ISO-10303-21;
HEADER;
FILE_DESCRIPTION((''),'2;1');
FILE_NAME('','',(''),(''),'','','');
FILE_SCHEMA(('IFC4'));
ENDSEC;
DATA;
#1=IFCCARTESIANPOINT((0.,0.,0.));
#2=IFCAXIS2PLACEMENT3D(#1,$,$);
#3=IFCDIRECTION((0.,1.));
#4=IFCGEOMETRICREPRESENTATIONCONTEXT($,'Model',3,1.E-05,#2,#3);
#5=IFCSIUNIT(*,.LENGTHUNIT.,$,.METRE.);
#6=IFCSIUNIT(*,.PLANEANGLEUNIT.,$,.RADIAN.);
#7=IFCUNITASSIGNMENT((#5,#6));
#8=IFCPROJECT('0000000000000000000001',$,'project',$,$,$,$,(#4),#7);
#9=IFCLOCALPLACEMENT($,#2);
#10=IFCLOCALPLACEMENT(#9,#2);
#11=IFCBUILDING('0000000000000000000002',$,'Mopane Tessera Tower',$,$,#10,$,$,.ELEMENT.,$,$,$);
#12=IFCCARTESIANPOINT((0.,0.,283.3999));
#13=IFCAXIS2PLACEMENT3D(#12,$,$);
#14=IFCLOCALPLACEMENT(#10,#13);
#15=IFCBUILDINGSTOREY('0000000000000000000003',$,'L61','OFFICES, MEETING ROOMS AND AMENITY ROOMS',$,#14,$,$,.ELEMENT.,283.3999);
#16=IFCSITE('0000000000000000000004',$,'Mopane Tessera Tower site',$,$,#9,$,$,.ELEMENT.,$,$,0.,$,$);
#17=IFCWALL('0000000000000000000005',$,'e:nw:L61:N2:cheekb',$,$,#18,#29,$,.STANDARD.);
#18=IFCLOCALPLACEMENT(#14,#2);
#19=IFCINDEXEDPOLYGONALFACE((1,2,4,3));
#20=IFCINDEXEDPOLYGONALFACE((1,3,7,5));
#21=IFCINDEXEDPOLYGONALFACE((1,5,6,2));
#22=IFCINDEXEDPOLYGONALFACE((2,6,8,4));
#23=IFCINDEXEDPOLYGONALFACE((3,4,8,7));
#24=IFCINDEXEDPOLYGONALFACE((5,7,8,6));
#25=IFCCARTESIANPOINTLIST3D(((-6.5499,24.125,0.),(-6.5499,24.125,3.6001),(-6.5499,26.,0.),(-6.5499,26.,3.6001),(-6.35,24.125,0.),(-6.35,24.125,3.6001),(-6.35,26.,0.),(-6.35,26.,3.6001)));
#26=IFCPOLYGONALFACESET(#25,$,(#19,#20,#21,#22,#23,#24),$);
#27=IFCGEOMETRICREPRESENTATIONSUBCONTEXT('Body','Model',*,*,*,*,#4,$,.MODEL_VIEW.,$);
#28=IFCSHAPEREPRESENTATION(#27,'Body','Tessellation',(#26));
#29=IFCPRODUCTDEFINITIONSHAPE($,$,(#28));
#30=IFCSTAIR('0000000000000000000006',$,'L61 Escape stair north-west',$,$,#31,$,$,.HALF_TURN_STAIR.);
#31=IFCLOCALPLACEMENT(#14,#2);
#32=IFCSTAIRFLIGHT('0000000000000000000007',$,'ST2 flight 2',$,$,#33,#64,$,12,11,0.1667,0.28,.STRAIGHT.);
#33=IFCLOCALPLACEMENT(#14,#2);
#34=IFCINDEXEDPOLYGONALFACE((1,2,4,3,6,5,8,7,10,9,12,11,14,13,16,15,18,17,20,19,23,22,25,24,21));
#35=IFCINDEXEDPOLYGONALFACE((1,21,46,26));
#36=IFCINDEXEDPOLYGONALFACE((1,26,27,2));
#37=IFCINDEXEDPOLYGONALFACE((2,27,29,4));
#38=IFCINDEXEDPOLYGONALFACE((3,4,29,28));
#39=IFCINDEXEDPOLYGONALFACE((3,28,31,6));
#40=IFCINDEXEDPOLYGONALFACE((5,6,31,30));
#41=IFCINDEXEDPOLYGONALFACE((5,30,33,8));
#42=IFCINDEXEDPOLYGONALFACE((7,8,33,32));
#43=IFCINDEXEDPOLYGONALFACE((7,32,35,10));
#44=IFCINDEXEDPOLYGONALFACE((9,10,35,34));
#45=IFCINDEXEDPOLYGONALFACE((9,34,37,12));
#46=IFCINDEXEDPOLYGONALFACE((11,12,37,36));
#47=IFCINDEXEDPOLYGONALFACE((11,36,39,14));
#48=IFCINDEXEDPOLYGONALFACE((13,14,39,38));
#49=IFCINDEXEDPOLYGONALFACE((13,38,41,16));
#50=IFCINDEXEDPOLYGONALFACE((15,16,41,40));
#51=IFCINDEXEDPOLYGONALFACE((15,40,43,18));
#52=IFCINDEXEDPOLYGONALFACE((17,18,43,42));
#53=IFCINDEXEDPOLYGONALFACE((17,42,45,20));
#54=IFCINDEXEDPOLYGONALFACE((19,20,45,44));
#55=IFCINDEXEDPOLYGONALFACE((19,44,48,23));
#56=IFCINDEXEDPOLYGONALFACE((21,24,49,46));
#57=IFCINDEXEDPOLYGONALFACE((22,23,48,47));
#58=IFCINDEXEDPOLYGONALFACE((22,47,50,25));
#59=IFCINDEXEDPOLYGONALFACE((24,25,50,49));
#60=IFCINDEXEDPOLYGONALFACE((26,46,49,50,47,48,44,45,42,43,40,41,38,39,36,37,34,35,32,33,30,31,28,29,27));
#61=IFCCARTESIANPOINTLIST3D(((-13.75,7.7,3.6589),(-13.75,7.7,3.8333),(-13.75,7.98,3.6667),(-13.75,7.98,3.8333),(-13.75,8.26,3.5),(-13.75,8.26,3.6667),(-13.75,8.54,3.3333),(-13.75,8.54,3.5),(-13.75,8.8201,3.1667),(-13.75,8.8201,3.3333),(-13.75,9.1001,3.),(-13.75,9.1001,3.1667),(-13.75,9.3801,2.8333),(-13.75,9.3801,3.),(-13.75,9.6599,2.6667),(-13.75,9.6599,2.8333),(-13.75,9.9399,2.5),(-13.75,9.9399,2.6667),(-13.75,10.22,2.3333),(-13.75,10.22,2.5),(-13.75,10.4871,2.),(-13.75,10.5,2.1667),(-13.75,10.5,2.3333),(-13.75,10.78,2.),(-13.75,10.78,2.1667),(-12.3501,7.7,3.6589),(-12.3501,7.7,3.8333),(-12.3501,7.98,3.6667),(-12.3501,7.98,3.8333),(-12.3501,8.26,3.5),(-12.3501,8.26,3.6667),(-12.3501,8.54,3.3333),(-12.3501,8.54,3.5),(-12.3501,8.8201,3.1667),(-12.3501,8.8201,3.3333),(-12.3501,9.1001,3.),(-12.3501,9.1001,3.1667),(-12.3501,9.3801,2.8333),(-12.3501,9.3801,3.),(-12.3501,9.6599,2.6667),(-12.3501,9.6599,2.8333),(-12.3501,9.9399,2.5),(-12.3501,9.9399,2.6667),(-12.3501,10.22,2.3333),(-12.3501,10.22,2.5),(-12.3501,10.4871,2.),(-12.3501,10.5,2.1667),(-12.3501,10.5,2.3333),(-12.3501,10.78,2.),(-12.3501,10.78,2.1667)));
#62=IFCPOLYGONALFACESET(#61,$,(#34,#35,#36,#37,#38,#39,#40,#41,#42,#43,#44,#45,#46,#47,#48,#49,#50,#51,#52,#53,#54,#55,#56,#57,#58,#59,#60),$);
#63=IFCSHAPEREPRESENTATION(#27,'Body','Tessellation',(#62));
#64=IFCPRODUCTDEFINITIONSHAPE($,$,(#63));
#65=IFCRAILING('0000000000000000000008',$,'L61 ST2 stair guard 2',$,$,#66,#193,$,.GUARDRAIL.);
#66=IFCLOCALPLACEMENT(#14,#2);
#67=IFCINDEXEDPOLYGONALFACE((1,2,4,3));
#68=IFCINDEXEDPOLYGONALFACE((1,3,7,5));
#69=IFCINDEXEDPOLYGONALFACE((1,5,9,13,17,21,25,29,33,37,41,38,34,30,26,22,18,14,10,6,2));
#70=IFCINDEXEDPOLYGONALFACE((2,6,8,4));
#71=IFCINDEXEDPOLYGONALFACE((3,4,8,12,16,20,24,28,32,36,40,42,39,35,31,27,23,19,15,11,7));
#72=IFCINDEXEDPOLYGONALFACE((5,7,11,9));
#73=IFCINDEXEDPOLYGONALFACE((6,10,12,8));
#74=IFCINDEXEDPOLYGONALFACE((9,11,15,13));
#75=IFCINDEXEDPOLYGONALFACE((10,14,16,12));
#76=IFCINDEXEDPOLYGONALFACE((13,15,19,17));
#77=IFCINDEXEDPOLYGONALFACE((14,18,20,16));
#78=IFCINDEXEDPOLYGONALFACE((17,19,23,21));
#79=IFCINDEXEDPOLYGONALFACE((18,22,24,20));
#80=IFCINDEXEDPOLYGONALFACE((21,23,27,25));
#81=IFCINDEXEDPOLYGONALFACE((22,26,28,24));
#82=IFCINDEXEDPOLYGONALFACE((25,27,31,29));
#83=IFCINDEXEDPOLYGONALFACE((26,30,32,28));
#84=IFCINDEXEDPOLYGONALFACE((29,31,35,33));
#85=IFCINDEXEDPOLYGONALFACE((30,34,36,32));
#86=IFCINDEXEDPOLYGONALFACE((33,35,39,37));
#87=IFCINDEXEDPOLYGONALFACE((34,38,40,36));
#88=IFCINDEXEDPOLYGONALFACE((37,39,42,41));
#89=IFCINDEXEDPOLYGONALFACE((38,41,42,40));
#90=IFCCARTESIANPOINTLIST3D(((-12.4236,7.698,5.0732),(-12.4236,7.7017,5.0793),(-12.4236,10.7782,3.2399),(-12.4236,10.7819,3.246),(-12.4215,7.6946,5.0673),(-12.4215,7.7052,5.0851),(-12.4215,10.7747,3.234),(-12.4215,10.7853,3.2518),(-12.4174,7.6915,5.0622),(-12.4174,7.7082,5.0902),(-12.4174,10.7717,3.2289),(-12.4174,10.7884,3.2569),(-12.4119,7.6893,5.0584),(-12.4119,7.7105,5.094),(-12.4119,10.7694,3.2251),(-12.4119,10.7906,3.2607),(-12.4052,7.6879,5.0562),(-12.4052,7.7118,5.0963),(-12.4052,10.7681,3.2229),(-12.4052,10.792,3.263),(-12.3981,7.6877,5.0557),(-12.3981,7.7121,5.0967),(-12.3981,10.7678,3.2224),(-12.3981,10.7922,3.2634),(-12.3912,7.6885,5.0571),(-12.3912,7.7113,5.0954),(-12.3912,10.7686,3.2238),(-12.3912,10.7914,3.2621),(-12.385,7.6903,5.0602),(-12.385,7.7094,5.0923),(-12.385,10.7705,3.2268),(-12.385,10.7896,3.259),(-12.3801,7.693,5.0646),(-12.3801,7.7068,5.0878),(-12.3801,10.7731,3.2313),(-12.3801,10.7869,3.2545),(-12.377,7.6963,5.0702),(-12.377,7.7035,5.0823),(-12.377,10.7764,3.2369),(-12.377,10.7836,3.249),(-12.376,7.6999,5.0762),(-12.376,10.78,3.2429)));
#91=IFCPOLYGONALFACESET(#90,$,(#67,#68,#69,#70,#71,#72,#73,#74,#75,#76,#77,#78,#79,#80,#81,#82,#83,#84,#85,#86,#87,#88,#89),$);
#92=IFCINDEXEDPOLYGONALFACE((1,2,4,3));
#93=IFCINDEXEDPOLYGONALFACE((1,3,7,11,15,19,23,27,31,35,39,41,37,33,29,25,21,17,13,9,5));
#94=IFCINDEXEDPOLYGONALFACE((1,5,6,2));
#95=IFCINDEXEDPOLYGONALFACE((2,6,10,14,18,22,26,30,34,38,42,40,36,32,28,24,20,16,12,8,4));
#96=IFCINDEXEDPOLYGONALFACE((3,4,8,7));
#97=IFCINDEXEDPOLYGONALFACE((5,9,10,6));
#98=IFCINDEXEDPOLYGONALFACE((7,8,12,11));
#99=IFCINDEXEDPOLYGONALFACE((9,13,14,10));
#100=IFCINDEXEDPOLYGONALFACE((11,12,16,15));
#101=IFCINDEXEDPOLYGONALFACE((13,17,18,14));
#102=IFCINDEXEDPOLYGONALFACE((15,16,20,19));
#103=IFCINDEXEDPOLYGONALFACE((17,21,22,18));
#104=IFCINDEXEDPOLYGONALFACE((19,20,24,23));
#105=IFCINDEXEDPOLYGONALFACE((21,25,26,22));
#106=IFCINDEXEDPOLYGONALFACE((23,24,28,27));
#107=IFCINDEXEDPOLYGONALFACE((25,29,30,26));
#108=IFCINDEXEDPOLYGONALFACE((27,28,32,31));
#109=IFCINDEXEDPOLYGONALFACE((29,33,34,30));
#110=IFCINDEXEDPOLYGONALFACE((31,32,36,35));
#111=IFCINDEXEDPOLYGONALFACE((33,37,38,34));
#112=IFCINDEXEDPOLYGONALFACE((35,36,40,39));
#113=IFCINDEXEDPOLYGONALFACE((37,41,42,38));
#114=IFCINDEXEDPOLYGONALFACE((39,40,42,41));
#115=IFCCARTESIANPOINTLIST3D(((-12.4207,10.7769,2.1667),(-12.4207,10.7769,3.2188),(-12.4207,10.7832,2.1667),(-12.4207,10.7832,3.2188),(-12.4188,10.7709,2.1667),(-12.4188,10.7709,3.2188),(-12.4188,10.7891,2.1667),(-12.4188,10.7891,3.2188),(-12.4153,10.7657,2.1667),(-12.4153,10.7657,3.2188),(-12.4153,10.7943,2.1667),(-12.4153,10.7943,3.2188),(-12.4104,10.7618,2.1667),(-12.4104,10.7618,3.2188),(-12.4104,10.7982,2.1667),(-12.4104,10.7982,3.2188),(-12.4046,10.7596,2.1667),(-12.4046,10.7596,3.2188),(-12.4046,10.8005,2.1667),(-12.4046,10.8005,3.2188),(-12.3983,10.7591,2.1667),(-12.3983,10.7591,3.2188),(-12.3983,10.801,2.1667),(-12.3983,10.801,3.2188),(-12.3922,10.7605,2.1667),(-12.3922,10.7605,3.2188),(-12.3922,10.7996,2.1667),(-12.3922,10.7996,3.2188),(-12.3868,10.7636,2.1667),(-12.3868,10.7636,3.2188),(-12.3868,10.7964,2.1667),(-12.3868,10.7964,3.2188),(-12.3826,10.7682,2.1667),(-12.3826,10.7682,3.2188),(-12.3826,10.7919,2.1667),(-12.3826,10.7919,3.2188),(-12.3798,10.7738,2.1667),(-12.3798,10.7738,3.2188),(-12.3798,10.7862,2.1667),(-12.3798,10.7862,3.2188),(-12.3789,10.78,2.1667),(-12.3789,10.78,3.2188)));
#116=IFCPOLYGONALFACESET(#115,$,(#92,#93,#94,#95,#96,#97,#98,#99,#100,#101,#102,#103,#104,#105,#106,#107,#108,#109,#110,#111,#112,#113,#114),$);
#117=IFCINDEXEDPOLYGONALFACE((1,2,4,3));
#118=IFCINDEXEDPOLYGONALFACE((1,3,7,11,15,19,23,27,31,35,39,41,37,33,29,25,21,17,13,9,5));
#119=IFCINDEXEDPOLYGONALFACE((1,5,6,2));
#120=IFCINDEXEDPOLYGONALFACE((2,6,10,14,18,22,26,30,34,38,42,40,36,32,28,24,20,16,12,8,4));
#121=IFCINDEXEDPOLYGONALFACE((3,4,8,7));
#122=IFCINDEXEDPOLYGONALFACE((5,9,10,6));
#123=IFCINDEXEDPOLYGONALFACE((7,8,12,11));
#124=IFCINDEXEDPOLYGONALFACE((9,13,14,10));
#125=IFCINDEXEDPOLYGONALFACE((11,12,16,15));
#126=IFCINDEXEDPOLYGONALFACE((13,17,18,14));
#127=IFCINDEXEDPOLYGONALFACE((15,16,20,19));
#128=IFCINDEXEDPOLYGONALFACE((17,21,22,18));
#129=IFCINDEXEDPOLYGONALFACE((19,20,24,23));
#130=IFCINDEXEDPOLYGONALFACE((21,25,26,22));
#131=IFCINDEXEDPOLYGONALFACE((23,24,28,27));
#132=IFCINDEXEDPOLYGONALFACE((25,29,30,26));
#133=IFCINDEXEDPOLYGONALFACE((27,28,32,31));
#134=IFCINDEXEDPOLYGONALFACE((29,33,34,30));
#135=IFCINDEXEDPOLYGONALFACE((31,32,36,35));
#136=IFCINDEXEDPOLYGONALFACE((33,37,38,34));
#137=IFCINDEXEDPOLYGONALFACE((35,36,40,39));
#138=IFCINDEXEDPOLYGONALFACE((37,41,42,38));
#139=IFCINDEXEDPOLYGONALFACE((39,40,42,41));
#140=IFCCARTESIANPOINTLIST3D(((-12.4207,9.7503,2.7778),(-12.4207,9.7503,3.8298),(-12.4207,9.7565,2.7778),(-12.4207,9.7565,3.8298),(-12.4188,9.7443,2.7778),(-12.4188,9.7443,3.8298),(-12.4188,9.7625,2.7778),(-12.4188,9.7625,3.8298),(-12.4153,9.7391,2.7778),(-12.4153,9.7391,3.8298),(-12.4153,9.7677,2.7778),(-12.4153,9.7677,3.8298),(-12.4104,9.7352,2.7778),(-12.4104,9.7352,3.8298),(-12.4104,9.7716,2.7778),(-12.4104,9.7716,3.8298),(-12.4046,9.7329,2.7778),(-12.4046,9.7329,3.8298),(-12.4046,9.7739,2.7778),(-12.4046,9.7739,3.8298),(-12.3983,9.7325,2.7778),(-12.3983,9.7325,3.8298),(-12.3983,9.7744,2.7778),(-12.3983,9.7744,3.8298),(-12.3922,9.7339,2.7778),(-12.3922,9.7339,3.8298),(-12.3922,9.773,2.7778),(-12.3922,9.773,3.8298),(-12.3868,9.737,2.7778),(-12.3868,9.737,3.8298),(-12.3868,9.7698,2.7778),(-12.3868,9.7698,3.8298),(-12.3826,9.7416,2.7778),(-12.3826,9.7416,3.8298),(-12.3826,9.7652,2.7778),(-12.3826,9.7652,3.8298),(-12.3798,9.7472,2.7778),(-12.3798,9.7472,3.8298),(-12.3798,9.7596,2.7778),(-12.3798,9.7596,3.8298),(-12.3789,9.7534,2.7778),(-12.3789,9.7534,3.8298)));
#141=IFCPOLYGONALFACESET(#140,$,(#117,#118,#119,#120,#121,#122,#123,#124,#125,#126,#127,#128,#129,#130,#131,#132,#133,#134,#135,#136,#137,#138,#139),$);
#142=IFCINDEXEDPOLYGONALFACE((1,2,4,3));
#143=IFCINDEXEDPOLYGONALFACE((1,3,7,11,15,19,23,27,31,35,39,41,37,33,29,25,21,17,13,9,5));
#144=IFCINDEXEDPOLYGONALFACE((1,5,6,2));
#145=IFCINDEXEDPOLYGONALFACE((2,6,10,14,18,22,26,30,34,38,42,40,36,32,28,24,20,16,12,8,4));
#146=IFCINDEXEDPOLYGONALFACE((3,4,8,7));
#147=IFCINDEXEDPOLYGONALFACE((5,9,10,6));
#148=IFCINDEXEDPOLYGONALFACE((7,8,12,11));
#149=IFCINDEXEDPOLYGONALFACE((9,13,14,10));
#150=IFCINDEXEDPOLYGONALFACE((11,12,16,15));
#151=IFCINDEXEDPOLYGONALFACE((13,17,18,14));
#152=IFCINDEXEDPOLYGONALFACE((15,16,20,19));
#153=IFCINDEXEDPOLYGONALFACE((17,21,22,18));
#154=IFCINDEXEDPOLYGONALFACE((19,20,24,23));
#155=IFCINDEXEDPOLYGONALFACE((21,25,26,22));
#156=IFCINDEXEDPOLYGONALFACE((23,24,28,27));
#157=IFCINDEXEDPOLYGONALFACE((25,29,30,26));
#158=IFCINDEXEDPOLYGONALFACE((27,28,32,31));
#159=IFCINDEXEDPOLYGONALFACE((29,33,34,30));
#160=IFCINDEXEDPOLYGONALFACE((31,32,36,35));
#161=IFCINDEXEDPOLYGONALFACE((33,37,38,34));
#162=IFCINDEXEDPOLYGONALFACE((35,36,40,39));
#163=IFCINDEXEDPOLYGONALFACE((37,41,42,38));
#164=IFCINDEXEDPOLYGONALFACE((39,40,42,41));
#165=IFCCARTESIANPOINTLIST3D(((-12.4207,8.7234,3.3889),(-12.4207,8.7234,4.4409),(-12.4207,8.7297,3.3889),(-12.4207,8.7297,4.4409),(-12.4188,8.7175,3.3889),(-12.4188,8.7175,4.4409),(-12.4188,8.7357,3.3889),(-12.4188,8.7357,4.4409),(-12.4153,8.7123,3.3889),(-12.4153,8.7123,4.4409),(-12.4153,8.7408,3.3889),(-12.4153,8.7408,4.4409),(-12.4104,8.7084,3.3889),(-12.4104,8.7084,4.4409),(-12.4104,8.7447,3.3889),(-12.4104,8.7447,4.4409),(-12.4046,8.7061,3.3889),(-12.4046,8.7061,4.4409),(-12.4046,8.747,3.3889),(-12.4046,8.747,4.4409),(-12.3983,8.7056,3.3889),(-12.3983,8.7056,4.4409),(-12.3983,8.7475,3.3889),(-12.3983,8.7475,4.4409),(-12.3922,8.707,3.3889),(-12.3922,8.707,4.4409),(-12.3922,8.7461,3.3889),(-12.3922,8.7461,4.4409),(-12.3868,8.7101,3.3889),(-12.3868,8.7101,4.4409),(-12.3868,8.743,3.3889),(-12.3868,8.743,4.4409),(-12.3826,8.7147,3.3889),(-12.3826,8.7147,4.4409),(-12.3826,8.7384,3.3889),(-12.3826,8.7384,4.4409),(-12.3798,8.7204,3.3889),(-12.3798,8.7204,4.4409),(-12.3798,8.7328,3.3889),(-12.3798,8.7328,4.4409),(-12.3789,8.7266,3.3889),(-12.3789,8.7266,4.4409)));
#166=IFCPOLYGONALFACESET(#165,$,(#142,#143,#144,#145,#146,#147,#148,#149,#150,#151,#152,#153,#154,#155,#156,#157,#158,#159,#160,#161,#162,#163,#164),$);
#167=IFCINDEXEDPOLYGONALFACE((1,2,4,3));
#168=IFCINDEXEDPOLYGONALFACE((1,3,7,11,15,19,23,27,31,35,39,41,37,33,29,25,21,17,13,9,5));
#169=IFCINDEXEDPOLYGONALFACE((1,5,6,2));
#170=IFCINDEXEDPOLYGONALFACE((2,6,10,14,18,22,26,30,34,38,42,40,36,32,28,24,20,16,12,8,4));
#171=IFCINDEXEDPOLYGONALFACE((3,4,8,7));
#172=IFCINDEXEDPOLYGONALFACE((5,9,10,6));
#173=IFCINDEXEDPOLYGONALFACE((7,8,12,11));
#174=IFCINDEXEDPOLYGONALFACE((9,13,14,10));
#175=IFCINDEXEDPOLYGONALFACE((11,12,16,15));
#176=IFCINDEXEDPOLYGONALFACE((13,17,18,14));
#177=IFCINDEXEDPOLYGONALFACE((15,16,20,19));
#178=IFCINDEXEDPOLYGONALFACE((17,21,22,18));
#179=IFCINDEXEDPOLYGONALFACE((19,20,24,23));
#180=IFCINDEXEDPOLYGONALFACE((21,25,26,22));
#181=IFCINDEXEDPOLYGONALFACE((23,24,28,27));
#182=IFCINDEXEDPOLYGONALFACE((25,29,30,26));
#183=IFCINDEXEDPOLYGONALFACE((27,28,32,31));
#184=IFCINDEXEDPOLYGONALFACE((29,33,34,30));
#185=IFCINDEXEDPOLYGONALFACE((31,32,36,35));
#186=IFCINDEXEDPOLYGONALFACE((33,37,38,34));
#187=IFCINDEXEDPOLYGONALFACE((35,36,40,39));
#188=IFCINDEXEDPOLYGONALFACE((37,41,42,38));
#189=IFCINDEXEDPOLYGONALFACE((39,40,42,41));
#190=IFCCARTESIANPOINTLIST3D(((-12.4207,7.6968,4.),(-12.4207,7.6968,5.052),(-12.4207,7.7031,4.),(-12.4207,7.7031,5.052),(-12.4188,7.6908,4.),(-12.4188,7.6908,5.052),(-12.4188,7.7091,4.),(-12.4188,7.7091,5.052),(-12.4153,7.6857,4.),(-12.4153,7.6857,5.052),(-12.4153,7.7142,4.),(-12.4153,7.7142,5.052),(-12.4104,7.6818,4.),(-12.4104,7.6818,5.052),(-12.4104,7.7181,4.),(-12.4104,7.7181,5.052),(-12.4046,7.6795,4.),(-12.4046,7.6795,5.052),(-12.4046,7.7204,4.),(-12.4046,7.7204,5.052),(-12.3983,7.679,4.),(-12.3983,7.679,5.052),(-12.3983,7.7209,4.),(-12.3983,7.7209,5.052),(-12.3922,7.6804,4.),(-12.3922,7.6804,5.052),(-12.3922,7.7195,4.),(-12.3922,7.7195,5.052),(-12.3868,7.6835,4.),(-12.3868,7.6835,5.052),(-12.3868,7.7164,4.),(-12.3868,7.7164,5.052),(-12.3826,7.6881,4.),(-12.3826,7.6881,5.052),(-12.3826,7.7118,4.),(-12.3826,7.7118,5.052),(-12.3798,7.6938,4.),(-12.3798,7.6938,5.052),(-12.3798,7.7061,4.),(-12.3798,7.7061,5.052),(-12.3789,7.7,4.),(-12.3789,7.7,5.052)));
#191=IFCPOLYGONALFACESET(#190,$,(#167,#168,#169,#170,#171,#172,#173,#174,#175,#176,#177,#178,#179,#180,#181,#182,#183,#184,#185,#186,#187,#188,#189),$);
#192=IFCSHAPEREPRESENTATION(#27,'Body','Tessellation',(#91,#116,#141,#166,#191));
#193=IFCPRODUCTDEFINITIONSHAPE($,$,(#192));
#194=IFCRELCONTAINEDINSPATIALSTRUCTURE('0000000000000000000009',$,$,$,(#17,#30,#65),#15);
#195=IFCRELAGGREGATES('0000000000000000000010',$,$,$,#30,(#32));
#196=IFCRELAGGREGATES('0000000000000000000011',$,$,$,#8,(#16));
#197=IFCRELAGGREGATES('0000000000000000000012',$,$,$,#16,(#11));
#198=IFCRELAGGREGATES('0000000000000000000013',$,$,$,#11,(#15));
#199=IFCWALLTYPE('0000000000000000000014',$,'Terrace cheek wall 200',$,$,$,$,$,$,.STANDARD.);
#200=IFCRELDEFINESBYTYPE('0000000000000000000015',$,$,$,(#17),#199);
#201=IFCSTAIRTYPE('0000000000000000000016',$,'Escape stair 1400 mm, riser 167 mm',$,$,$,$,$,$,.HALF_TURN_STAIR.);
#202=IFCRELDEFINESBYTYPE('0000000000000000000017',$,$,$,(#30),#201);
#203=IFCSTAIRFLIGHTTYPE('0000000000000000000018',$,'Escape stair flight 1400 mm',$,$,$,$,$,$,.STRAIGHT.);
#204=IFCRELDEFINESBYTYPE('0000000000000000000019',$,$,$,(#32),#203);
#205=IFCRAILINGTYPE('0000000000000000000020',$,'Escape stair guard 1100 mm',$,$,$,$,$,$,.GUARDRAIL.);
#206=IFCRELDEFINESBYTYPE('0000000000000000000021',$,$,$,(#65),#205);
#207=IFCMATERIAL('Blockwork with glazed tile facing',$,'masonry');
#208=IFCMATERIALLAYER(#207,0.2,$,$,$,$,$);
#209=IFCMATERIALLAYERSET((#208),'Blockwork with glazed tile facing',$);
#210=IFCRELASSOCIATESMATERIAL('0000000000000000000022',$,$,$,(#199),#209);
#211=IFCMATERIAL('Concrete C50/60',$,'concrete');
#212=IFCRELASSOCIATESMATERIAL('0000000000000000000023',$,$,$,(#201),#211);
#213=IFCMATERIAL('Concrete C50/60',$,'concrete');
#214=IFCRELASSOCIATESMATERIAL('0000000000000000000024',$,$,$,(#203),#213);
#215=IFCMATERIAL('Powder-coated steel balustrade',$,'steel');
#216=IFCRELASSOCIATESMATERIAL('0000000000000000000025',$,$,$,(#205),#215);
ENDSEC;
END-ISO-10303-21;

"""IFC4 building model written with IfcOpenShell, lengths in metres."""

from ifc_helpers import new_model, si_unit, direction, frame, frame_2d, origin, origin_2d, place, context, subcontext, project, spatial, polyline, rectangle, circle, outline, extrude, material, layer, layer_set, type_object, element, aggregate, save


model = new_model("IFC4")

# Units and contexts
model_context = context("Model", 3, precision=1e-05, world=origin(), true_north=direction((0.0, 1.0)))
body_context = subcontext(model_context, "Body", "Model", "MODEL_VIEW")
ifc_project = project(units=[si_unit("LENGTHUNIT", "METRE"), si_unit("PLANEANGLEUNIT", "RADIAN")], contexts=[model_context])

# Site, building, storey
site_placement = place(None, origin())
site = spatial("IfcSite", under=ifc_project, at=site_placement, Name="Mopane Tessera Tower site", CompositionType="ELEMENT", RefElevation=0.0)
building_placement = place(site_placement, origin())
building = spatial("IfcBuilding", under=site, at=building_placement, Name="Mopane Tessera Tower", CompositionType="ELEMENT")
storey_placement = place(building_placement, frame((0.0, 0.0, 283.3999)))
storey = spatial("IfcBuildingStorey", under=building, at=storey_placement, Name="L61", Description="OFFICES, MEETING ROOMS AND AMENITY ROOMS", CompositionType="ELEMENT", Elevation=283.3999)

# Wall
ifc_material_1 = material(Name="Blockwork with glazed tile facing", Category="masonry")
ifc_layer_1 = layer(ifc_material_1, 0.2)
ifc_layer_set_1 = layer_set([ifc_layer_1], Name="Blockwork with glazed tile facing")
wall_type_1 = type_object("IfcWallType", Name="Terrace cheek wall 200", PredefinedType="STANDARD", material=ifc_layer_set_1)
wall_1_placement = place(storey_placement, frame((-6.45, 26.0, 0.0), z_axis=(0.0, 0.0, 1.0), x_axis=(0.0, -1.0, 0.0)))
element("IfcWall", 1, at=wall_1_placement, inside=storey, type_object=wall_type_1, Name="e:nw:L61:N2:cheekb", PredefinedType="STANDARD", context=body_context, shape_type="SweptSolid", body=[
    extrude(rectangle(XDim=1.875, YDim=0.2, at=frame_2d((0.9375, 0.0))), origin(), (0.0, 0.0, 1.0), 3.6001),
])

# Stair, stair flight
ifc_material_2 = material(Name="Concrete C50/60", Category="concrete")
stair_type = type_object("IfcStairType", Name="Escape stair 1400 mm, riser 167 mm", PredefinedType="HALF_TURN_STAIR", material=ifc_material_2)
stair_placement = place(storey_placement, origin())
stair = element("IfcStair", 2, at=stair_placement, inside=storey, type_object=stair_type, Name="L61 Escape stair north-west", PredefinedType="HALF_TURN_STAIR")
ifc_material_3 = material(Name="Concrete C50/60", Category="concrete")
stair_flight_type = type_object("IfcStairFlightType", Name="Escape stair flight 1400 mm", PredefinedType="STRAIGHT", material=ifc_material_3)
stair_flight_placement = place(storey_placement, frame((-13.05, 10.78, 2.0), z_axis=(0.0, 0.0, 1.0), x_axis=(0.0, -1.0, 0.0)))
stair_flight = element("IfcStairFlight", 3, at=stair_flight_placement, type_object=stair_flight_type, Name="ST2 flight 2", NumberOfRisers=12, NumberOfTreads=11, PredefinedType="STRAIGHT", RiserHeight=0.1667, TreadLength=0.28, context=body_context, shape_type="SweptSolid", body=[
    extrude(outline(polyline([(0.0, 0.0), (0.0, 0.1667), (0.28, 0.1667), (0.28, 0.3333), (0.5601, 0.3333), (0.5601, 0.5), (0.8401, 0.5), (0.8401, 0.6667), (1.1201, 0.6667), (1.1201, 0.8333), (1.3999, 0.8333), (1.3999, 1.0), (1.6799, 1.0), (1.6799, 1.1667), (1.96, 1.1667), (1.96, 1.3333), (2.24, 1.3333), (2.24, 1.5), (2.52, 1.5), (2.52, 1.6667), (2.8, 1.6667), (2.8, 1.8333), (3.0801, 1.8333), (3.0801, 2.0), (3.0801, 1.6589), (0.293, 0.0), (0.0, 0.0)])), frame((0.0, 0.7, 0.0), z_axis=(0.0, -1.0, 0.0), x_axis=(1.0, 0.0, 0.0)), (0.0, 0.0, 1.0), 1.3999),
])
aggregate(stair, [stair_flight])

# Railing
ifc_material_4 = material(Name="Powder-coated steel balustrade", Category="steel")
railing_type = type_object("IfcRailingType", Name="Escape stair guard 1100 mm", PredefinedType="GUARDRAIL", material=ifc_material_4)
railing_placement = place(storey_placement, frame((-12.3999, 10.78, 2.1667)))
element("IfcRailing", 4, at=railing_placement, inside=storey, type_object=railing_type, Name="L61 ST2 stair guard 2", PredefinedType="GUARDRAIL", context=body_context, shape_type="SweptSolid", body=[
    extrude(circle(Radius=0.0239, at=origin_2d()), frame((0.0, 0.0, 1.0762), z_axis=(0.0, -0.859309, 0.511458), x_axis=(1.0, 0.0, 0.0)), (0.0, 0.0, 1.0), 3.5845),
    extrude(circle(Radius=0.021, at=origin_2d()), origin(), (0.0, 0.0, 1.0), 1.052),
    extrude(circle(Radius=0.021, at=origin_2d()), frame((0.0, -1.0266, 0.6111)), (0.0, 0.0, 1.0), 1.052),
    extrude(circle(Radius=0.021, at=origin_2d()), frame((0.0, -2.0535, 1.2222)), (0.0, 0.0, 1.0), 1.052),
    extrude(circle(Radius=0.021, at=origin_2d()), frame((0.0, -3.0801, 1.8333)), (0.0, 0.0, 1.0), 1.052),
])

save(model, "model.ifc")
